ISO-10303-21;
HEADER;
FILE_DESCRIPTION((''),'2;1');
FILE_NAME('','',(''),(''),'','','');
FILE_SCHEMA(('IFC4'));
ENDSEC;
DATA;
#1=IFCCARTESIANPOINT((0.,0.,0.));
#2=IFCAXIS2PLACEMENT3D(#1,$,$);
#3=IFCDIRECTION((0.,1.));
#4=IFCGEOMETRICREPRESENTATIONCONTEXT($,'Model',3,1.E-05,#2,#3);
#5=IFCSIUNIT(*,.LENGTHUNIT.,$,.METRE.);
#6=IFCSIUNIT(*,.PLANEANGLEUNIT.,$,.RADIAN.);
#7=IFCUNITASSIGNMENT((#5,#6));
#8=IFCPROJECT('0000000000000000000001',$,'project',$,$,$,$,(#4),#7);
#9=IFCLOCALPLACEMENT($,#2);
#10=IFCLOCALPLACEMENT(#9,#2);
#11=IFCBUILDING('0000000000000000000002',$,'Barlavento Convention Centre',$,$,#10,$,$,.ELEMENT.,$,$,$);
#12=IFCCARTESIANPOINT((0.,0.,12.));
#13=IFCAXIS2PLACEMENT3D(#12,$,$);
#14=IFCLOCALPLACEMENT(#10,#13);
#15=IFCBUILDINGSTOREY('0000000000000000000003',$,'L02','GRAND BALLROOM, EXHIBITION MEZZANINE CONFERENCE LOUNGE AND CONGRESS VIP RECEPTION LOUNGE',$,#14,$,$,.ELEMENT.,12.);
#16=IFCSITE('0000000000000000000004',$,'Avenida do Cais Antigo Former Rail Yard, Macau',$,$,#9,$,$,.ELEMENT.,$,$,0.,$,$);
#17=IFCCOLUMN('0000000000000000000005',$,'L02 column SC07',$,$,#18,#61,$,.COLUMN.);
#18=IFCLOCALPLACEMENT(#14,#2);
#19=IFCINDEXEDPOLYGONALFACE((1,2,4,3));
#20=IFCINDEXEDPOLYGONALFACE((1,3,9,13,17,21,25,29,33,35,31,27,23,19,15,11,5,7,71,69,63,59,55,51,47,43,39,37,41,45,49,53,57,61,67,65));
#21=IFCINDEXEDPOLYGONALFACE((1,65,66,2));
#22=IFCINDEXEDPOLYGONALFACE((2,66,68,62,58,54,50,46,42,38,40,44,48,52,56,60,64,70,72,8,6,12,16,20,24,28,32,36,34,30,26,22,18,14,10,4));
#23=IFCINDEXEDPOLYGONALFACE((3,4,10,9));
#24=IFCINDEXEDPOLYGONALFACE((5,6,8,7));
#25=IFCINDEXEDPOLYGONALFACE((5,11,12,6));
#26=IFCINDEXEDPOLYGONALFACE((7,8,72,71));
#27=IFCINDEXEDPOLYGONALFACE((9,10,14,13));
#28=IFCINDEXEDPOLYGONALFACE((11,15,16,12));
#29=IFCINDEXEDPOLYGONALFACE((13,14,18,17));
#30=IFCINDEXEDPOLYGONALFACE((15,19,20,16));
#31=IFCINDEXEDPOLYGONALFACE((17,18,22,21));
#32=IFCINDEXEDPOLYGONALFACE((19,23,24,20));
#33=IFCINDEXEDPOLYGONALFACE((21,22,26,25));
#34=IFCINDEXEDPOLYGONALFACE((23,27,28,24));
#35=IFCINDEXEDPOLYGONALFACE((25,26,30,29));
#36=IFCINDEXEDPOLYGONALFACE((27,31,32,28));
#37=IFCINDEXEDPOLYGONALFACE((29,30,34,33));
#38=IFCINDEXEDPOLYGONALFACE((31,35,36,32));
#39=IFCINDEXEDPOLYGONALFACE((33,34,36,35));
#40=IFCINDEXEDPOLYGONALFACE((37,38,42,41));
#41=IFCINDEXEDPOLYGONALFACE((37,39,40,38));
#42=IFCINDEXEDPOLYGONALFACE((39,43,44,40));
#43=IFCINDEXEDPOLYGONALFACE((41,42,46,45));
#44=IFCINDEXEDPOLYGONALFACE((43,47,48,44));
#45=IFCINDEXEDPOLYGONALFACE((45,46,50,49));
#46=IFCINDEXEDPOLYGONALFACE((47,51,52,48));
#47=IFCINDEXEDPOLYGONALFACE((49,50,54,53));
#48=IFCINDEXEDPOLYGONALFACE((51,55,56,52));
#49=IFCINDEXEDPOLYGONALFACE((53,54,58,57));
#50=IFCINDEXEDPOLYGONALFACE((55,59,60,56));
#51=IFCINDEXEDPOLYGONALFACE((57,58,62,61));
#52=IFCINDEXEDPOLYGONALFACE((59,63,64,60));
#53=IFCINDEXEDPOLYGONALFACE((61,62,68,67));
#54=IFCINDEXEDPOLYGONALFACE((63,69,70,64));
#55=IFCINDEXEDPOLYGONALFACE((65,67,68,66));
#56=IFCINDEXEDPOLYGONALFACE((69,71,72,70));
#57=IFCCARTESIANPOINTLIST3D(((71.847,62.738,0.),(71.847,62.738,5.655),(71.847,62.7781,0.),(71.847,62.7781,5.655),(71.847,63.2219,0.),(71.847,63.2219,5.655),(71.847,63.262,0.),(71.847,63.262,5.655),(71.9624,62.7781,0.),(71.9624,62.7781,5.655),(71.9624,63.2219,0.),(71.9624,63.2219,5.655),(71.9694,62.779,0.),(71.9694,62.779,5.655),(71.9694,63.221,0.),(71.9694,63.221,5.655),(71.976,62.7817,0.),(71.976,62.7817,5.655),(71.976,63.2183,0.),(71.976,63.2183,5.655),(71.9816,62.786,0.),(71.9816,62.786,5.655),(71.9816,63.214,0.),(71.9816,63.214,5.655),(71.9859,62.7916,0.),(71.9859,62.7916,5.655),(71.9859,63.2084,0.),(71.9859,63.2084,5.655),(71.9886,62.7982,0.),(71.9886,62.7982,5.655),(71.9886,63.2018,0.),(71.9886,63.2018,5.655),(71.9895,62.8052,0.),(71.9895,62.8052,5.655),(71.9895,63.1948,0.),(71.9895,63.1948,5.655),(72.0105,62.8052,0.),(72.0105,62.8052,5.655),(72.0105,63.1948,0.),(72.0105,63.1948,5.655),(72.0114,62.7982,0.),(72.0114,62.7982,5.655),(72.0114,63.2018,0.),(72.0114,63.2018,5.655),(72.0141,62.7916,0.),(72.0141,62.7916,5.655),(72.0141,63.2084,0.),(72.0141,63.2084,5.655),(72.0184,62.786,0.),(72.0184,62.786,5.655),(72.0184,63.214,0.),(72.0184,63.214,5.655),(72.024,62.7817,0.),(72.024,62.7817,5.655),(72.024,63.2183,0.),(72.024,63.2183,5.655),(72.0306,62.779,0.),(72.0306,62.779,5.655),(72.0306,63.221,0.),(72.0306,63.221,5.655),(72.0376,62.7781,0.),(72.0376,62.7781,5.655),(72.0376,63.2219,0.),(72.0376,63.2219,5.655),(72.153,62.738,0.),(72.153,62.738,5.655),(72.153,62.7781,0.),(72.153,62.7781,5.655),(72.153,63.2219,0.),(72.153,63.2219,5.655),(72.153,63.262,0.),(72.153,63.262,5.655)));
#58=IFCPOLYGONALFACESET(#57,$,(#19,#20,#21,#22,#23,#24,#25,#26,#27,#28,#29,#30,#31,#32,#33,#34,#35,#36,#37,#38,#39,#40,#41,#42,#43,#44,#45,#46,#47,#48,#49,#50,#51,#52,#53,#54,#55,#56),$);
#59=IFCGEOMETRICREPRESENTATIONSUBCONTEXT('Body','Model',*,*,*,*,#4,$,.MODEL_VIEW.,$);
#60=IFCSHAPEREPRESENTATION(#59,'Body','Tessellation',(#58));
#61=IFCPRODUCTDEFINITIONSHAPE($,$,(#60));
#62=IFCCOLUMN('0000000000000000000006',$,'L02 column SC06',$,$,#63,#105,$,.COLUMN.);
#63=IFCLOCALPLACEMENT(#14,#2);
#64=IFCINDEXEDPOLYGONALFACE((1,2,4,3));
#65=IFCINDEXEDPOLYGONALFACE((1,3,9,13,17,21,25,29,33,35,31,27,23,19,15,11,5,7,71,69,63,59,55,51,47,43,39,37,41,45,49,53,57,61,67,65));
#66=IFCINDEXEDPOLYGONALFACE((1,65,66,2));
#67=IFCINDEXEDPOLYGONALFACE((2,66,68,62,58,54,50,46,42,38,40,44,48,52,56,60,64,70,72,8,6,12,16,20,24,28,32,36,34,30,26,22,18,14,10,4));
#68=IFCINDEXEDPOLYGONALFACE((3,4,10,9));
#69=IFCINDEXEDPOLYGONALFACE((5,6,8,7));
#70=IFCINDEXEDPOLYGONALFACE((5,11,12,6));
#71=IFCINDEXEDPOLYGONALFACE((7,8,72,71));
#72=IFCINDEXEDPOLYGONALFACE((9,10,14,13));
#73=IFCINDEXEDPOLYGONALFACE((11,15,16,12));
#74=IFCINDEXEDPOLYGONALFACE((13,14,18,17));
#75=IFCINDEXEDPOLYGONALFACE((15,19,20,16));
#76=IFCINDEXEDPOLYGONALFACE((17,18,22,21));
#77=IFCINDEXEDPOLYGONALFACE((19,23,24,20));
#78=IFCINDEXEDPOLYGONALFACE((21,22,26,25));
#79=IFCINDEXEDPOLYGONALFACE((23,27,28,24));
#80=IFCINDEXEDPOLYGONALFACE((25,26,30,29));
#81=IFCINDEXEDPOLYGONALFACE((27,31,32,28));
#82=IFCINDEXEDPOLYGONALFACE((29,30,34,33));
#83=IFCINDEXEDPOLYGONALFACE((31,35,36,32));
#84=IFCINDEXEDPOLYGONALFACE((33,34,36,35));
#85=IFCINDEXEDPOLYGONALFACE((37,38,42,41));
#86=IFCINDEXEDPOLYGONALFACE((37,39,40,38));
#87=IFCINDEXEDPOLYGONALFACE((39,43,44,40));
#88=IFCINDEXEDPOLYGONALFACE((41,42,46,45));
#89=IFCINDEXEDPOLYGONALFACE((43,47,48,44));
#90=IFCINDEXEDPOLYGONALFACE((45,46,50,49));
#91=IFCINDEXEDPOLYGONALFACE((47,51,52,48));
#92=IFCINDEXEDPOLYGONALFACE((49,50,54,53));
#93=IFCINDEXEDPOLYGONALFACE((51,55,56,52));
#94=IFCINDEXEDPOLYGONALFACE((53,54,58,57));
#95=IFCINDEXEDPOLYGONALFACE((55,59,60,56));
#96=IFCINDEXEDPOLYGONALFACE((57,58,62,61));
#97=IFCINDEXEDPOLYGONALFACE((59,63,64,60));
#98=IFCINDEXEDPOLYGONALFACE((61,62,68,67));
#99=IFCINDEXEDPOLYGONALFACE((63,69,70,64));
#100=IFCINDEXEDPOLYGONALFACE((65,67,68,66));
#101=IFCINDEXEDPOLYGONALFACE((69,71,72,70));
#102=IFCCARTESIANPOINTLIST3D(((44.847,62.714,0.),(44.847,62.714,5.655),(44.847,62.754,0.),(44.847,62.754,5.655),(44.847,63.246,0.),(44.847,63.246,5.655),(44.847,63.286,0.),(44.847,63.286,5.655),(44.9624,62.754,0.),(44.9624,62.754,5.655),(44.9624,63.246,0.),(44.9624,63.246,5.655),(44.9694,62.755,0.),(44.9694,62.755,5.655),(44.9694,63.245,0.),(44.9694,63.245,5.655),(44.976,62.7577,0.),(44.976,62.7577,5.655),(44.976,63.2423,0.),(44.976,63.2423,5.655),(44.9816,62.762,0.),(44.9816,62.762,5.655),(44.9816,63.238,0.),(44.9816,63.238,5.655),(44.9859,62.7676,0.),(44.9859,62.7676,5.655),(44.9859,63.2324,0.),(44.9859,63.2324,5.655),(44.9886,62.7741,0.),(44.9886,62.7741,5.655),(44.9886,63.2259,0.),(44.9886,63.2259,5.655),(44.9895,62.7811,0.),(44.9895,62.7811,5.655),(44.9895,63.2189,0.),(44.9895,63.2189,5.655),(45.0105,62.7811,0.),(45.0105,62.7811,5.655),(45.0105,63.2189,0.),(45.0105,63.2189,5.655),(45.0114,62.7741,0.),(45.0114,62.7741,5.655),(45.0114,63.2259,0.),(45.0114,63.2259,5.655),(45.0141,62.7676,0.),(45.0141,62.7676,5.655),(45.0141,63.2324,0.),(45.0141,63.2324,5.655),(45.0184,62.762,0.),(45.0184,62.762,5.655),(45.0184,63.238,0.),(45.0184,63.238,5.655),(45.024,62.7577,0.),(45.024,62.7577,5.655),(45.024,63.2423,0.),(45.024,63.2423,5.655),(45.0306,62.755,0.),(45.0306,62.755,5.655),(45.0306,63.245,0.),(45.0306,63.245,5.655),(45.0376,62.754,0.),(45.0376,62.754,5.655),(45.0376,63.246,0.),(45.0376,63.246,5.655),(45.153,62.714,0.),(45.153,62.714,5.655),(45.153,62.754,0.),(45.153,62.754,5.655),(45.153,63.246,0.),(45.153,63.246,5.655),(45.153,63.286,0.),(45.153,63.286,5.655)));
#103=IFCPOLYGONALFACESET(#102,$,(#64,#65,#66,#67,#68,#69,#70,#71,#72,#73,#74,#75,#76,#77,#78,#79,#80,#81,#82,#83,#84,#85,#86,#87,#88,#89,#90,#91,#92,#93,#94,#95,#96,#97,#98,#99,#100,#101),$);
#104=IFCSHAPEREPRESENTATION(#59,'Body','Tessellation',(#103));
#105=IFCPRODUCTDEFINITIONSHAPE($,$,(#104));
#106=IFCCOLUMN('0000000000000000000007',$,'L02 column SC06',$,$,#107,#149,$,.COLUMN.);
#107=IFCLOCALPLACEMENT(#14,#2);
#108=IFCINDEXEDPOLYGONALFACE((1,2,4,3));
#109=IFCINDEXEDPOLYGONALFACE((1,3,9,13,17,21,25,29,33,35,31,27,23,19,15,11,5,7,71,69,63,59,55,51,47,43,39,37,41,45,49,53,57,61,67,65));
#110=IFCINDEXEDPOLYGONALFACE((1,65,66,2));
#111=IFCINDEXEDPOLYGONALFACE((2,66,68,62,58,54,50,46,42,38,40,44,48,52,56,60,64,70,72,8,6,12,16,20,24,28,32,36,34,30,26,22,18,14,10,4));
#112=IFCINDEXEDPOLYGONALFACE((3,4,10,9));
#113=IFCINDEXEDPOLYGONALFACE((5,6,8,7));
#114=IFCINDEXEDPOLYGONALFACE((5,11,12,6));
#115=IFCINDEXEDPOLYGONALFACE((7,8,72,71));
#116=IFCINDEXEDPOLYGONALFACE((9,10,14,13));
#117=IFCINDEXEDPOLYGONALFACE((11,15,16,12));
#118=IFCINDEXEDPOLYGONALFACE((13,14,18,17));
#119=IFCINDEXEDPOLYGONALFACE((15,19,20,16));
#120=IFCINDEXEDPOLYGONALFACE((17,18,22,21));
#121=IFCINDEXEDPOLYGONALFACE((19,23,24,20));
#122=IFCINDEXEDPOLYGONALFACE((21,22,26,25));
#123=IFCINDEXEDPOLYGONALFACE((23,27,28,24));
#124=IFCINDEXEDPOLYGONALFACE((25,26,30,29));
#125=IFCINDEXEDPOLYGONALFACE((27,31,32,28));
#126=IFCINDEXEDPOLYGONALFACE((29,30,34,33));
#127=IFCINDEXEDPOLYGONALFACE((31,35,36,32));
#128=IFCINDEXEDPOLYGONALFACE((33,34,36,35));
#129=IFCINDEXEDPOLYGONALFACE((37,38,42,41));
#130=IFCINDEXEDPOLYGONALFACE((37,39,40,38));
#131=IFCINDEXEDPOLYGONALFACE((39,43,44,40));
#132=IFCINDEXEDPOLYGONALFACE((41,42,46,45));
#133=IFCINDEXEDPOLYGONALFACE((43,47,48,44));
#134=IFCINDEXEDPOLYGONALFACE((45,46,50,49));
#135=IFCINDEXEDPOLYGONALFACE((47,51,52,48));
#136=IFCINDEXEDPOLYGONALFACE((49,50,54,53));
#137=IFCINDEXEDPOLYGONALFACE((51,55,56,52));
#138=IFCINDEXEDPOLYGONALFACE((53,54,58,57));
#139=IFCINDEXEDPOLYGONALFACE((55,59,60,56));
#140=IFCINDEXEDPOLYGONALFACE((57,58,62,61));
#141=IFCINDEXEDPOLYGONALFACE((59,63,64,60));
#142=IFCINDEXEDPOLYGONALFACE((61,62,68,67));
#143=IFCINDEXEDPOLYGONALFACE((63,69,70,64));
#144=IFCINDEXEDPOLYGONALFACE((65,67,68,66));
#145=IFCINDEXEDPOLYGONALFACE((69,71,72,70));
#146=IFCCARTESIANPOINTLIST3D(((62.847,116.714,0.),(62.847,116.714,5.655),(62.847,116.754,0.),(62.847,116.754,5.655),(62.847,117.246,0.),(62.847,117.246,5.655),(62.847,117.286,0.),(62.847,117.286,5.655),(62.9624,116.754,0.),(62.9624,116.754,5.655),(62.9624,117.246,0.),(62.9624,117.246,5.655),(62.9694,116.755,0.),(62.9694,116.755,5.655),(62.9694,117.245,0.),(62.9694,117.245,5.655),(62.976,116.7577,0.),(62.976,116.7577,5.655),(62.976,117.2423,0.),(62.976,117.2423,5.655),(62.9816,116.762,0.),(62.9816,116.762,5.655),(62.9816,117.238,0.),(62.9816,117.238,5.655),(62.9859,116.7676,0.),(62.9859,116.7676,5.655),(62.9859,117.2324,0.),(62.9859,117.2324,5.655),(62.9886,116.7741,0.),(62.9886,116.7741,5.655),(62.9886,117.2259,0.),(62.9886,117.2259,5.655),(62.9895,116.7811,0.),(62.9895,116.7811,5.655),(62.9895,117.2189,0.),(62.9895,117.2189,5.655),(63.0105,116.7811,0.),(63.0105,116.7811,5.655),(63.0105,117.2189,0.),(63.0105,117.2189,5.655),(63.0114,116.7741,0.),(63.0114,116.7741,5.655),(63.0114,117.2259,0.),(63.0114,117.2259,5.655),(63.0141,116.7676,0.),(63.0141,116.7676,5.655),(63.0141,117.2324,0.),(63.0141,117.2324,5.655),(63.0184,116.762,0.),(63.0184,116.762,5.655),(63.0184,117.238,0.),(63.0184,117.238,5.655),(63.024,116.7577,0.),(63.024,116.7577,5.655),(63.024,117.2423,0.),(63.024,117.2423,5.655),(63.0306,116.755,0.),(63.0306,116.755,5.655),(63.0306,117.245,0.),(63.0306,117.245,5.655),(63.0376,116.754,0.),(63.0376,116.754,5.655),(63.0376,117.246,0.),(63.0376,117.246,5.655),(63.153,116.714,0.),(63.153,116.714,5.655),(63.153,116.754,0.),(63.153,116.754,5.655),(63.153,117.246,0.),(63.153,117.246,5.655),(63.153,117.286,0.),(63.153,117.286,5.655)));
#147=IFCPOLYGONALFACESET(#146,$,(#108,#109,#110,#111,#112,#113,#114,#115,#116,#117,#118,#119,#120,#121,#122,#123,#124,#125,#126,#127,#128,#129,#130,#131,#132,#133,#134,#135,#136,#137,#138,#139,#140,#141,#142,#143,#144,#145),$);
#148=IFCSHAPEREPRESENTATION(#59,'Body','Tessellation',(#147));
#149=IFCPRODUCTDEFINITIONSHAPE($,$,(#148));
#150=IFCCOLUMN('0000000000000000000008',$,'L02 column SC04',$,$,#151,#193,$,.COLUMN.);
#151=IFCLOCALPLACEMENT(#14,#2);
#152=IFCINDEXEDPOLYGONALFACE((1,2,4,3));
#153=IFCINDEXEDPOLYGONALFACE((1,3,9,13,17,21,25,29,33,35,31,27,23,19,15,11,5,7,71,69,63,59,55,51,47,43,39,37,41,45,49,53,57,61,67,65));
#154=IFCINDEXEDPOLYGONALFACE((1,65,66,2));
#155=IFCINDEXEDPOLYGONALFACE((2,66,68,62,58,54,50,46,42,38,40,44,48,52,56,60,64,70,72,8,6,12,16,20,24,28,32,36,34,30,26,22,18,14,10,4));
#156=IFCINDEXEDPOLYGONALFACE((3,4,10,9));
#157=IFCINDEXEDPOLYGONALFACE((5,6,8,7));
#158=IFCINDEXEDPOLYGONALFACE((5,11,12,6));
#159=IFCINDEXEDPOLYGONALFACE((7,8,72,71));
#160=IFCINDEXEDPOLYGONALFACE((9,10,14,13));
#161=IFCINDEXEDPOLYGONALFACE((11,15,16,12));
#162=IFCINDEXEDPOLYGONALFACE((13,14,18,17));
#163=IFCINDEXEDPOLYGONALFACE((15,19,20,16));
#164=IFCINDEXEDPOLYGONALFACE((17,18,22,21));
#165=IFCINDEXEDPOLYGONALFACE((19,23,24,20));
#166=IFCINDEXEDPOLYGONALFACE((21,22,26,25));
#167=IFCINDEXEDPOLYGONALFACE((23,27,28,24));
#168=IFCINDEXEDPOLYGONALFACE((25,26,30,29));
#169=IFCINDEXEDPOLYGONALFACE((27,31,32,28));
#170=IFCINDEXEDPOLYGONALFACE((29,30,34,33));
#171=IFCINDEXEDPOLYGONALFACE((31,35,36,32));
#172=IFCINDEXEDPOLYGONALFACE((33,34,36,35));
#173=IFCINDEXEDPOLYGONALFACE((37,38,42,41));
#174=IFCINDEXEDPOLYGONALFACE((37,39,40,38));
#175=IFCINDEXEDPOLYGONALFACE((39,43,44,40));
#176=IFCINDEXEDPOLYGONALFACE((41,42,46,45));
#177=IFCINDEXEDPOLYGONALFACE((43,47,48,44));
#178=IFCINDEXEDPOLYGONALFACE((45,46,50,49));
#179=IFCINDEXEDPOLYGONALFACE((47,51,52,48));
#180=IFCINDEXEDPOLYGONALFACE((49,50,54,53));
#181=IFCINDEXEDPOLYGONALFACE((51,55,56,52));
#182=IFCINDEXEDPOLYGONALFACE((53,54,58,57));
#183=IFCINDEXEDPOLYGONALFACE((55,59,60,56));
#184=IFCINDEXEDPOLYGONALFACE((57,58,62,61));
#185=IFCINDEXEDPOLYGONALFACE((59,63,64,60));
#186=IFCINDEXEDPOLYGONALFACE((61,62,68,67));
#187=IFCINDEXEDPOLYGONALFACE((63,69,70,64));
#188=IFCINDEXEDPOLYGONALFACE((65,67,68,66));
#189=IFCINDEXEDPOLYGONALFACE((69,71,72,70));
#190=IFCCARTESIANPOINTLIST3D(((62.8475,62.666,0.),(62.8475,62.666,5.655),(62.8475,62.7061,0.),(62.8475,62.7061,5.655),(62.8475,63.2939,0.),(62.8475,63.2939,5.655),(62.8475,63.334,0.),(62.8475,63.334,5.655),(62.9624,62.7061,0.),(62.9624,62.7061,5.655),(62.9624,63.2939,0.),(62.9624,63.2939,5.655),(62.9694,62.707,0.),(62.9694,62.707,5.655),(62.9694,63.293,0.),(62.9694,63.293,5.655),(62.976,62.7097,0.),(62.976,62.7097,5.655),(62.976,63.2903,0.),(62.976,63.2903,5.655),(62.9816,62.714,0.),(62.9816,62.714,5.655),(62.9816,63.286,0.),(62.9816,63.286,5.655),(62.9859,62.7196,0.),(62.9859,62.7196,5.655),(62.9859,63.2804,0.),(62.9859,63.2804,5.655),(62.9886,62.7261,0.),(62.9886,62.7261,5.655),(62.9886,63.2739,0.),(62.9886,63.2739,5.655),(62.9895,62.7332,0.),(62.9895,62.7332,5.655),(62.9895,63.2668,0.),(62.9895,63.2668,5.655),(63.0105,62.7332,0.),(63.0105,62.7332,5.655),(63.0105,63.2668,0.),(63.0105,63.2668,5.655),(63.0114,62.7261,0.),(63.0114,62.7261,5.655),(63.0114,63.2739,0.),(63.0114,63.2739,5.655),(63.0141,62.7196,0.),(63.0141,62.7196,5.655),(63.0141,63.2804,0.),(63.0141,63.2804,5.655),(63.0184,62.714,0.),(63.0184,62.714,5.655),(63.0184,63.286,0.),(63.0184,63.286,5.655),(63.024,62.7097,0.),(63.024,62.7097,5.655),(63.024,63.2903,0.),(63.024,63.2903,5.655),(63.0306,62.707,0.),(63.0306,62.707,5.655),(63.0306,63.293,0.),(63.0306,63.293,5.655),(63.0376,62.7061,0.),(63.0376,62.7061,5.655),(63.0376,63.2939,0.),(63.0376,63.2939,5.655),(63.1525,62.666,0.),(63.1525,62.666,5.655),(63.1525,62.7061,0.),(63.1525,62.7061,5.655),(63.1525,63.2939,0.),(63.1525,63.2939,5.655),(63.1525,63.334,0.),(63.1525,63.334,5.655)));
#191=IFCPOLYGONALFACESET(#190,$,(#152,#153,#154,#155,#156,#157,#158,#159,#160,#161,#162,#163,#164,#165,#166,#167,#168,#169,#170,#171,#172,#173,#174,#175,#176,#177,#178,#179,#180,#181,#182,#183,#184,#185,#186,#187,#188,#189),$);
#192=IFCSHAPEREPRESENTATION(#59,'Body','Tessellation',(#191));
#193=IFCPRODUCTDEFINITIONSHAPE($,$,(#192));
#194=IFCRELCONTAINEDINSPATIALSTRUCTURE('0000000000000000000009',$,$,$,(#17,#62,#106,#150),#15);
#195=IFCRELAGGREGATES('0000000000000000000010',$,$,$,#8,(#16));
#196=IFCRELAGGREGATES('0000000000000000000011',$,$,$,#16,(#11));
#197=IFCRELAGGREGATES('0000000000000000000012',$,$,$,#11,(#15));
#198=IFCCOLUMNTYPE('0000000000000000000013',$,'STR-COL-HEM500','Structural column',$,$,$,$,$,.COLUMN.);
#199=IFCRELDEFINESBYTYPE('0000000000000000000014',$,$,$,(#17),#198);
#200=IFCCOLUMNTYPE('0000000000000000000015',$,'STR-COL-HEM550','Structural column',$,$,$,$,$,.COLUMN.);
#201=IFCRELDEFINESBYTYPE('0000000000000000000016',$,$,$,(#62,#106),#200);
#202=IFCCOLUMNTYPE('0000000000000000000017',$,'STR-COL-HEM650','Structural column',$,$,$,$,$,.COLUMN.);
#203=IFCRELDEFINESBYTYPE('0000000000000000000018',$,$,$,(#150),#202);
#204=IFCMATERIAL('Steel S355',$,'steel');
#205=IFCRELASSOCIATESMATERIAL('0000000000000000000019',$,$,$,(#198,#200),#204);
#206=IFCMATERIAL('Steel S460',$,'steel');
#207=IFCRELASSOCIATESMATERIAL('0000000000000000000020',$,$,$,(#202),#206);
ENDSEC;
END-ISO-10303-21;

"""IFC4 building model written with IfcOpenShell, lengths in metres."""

from ifc_helpers import new_model, si_unit, direction, frame, origin, origin_2d, place, context, subcontext, project, spatial, i_section, extrude, material, material_profile, profile_set, type_object, element, save


model = new_model("IFC4")

# Units and contexts
model_context = context("Model", 3, precision=1e-05, world=origin(), true_north=direction((0.0, 1.0)))
body_context = subcontext(model_context, "Body", "Model", "MODEL_VIEW")
ifc_project = project(units=[si_unit("LENGTHUNIT", "METRE"), si_unit("PLANEANGLEUNIT", "RADIAN")], contexts=[model_context])

# Site, building, storey
site_placement = place(None, origin())
site = spatial("IfcSite", under=ifc_project, at=site_placement, Name="Avenida do Cais Antigo Former Rail Yard, Macau", CompositionType="ELEMENT", RefElevation=0.0)
building_placement = place(site_placement, origin())
building = spatial("IfcBuilding", under=site, at=building_placement, Name="Barlavento Convention Centre", CompositionType="ELEMENT")
storey_placement = place(building_placement, frame((0.0, 0.0, 12.0)))
storey = spatial("IfcBuildingStorey", under=building, at=storey_placement, Name="L02", Description="GRAND BALLROOM, EXHIBITION MEZZANINE CONFERENCE LOUNGE AND CONGRESS VIP RECEPTION LOUNGE", CompositionType="ELEMENT", Elevation=12.0)

# Columns
ifc_material_1 = material(Name="Steel S355", Category="steel")
ifc_material_profile_1 = material_profile(ifc_material_1, i_section(OverallWidth=0.3059, OverallDepth=0.5239, WebThickness=0.021, FlangeThickness=0.04, FilletRadius=0.0271, at=origin_2d()), Name="HEM 500")
ifc_profile_set_1 = profile_set([ifc_material_profile_1], Name="Steel S355")
column_type_1 = type_object("IfcColumnType", Name="STR-COL-HEM500", Description="Structural column", PredefinedType="COLUMN", material=ifc_profile_set_1)
column_1_placement = place(storey_placement, frame((72.0, 63.0, 0.0), z_axis=(0.0, 0.0, 1.0), x_axis=(1.0, 0.0, 0.0)))
element("IfcColumn", 1, at=column_1_placement, inside=storey, type_object=column_type_1, Name="L02 column SC07", PredefinedType="COLUMN", context=body_context, shape_type="SweptSolid", body=[
    extrude(i_section(OverallWidth=0.3059, OverallDepth=0.5239, WebThickness=0.021, FlangeThickness=0.04, FilletRadius=0.0271, at=origin_2d()), origin(), (0.0, 0.0, 1.0), 5.655),
])
ifc_material_profile_2 = material_profile(ifc_material_1, i_section(OverallWidth=0.3059, OverallDepth=0.572, WebThickness=0.021, FlangeThickness=0.04, FilletRadius=0.0271, at=origin_2d()), Name="HEM 550")
ifc_profile_set_2 = profile_set([ifc_material_profile_2], Name="Steel S355")
column_type_2 = type_object("IfcColumnType", Name="STR-COL-HEM550", Description="Structural column", PredefinedType="COLUMN", material=ifc_profile_set_2)
for number, where, z_axis, x_axis, name in (
    (2, (45.0, 63.0, 0.0), (0.0, 0.0, 1.0), (1.0, 0.0, 0.0), "L02 column SC06"),
    (3, (63.0, 117.0, 0.0), (0.0, 0.0, 1.0), (1.0, 0.0, 0.0), "L02 column SC06"),
):
    element("IfcColumn", number, at=place(storey_placement, frame(where, z_axis=z_axis, x_axis=x_axis)), inside=storey, type_object=column_type_2, Name=name, PredefinedType="COLUMN", context=body_context, shape_type="SweptSolid", body=[
        extrude(i_section(OverallWidth=0.3059, OverallDepth=0.572, WebThickness=0.021, FlangeThickness=0.04, FilletRadius=0.0271, at=origin_2d()), origin(), (0.0, 0.0, 1.0), 5.655),
    ])
ifc_material_2 = material(Name="Steel S460", Category="steel")
ifc_material_profile_3 = material_profile(ifc_material_2, i_section(OverallWidth=0.3049, OverallDepth=0.668, WebThickness=0.021, FlangeThickness=0.04, FilletRadius=0.0271, at=origin_2d()), Name="HEM 650")
ifc_profile_set_3 = profile_set([ifc_material_profile_3], Name="Steel S460")
column_type_3 = type_object("IfcColumnType", Name="STR-COL-HEM650", Description="Structural column", PredefinedType="COLUMN", material=ifc_profile_set_3)
for number, where, z_axis, x_axis, name in (
    (4, (63.0, 63.0, 0.0), (0.0, 0.0, 1.0), (1.0, 0.0, 0.0), "L02 column SC04"),
):
    element("IfcColumn", number, at=place(storey_placement, frame(where, z_axis=z_axis, x_axis=x_axis)), inside=storey, type_object=column_type_3, Name=name, PredefinedType="COLUMN", context=body_context, shape_type="SweptSolid", body=[
        extrude(i_section(OverallWidth=0.3049, OverallDepth=0.668, WebThickness=0.021, FlangeThickness=0.04, FilletRadius=0.0271, at=origin_2d()), origin(), (0.0, 0.0, 1.0), 5.655),
    ])

save(model, "model.ifc")
